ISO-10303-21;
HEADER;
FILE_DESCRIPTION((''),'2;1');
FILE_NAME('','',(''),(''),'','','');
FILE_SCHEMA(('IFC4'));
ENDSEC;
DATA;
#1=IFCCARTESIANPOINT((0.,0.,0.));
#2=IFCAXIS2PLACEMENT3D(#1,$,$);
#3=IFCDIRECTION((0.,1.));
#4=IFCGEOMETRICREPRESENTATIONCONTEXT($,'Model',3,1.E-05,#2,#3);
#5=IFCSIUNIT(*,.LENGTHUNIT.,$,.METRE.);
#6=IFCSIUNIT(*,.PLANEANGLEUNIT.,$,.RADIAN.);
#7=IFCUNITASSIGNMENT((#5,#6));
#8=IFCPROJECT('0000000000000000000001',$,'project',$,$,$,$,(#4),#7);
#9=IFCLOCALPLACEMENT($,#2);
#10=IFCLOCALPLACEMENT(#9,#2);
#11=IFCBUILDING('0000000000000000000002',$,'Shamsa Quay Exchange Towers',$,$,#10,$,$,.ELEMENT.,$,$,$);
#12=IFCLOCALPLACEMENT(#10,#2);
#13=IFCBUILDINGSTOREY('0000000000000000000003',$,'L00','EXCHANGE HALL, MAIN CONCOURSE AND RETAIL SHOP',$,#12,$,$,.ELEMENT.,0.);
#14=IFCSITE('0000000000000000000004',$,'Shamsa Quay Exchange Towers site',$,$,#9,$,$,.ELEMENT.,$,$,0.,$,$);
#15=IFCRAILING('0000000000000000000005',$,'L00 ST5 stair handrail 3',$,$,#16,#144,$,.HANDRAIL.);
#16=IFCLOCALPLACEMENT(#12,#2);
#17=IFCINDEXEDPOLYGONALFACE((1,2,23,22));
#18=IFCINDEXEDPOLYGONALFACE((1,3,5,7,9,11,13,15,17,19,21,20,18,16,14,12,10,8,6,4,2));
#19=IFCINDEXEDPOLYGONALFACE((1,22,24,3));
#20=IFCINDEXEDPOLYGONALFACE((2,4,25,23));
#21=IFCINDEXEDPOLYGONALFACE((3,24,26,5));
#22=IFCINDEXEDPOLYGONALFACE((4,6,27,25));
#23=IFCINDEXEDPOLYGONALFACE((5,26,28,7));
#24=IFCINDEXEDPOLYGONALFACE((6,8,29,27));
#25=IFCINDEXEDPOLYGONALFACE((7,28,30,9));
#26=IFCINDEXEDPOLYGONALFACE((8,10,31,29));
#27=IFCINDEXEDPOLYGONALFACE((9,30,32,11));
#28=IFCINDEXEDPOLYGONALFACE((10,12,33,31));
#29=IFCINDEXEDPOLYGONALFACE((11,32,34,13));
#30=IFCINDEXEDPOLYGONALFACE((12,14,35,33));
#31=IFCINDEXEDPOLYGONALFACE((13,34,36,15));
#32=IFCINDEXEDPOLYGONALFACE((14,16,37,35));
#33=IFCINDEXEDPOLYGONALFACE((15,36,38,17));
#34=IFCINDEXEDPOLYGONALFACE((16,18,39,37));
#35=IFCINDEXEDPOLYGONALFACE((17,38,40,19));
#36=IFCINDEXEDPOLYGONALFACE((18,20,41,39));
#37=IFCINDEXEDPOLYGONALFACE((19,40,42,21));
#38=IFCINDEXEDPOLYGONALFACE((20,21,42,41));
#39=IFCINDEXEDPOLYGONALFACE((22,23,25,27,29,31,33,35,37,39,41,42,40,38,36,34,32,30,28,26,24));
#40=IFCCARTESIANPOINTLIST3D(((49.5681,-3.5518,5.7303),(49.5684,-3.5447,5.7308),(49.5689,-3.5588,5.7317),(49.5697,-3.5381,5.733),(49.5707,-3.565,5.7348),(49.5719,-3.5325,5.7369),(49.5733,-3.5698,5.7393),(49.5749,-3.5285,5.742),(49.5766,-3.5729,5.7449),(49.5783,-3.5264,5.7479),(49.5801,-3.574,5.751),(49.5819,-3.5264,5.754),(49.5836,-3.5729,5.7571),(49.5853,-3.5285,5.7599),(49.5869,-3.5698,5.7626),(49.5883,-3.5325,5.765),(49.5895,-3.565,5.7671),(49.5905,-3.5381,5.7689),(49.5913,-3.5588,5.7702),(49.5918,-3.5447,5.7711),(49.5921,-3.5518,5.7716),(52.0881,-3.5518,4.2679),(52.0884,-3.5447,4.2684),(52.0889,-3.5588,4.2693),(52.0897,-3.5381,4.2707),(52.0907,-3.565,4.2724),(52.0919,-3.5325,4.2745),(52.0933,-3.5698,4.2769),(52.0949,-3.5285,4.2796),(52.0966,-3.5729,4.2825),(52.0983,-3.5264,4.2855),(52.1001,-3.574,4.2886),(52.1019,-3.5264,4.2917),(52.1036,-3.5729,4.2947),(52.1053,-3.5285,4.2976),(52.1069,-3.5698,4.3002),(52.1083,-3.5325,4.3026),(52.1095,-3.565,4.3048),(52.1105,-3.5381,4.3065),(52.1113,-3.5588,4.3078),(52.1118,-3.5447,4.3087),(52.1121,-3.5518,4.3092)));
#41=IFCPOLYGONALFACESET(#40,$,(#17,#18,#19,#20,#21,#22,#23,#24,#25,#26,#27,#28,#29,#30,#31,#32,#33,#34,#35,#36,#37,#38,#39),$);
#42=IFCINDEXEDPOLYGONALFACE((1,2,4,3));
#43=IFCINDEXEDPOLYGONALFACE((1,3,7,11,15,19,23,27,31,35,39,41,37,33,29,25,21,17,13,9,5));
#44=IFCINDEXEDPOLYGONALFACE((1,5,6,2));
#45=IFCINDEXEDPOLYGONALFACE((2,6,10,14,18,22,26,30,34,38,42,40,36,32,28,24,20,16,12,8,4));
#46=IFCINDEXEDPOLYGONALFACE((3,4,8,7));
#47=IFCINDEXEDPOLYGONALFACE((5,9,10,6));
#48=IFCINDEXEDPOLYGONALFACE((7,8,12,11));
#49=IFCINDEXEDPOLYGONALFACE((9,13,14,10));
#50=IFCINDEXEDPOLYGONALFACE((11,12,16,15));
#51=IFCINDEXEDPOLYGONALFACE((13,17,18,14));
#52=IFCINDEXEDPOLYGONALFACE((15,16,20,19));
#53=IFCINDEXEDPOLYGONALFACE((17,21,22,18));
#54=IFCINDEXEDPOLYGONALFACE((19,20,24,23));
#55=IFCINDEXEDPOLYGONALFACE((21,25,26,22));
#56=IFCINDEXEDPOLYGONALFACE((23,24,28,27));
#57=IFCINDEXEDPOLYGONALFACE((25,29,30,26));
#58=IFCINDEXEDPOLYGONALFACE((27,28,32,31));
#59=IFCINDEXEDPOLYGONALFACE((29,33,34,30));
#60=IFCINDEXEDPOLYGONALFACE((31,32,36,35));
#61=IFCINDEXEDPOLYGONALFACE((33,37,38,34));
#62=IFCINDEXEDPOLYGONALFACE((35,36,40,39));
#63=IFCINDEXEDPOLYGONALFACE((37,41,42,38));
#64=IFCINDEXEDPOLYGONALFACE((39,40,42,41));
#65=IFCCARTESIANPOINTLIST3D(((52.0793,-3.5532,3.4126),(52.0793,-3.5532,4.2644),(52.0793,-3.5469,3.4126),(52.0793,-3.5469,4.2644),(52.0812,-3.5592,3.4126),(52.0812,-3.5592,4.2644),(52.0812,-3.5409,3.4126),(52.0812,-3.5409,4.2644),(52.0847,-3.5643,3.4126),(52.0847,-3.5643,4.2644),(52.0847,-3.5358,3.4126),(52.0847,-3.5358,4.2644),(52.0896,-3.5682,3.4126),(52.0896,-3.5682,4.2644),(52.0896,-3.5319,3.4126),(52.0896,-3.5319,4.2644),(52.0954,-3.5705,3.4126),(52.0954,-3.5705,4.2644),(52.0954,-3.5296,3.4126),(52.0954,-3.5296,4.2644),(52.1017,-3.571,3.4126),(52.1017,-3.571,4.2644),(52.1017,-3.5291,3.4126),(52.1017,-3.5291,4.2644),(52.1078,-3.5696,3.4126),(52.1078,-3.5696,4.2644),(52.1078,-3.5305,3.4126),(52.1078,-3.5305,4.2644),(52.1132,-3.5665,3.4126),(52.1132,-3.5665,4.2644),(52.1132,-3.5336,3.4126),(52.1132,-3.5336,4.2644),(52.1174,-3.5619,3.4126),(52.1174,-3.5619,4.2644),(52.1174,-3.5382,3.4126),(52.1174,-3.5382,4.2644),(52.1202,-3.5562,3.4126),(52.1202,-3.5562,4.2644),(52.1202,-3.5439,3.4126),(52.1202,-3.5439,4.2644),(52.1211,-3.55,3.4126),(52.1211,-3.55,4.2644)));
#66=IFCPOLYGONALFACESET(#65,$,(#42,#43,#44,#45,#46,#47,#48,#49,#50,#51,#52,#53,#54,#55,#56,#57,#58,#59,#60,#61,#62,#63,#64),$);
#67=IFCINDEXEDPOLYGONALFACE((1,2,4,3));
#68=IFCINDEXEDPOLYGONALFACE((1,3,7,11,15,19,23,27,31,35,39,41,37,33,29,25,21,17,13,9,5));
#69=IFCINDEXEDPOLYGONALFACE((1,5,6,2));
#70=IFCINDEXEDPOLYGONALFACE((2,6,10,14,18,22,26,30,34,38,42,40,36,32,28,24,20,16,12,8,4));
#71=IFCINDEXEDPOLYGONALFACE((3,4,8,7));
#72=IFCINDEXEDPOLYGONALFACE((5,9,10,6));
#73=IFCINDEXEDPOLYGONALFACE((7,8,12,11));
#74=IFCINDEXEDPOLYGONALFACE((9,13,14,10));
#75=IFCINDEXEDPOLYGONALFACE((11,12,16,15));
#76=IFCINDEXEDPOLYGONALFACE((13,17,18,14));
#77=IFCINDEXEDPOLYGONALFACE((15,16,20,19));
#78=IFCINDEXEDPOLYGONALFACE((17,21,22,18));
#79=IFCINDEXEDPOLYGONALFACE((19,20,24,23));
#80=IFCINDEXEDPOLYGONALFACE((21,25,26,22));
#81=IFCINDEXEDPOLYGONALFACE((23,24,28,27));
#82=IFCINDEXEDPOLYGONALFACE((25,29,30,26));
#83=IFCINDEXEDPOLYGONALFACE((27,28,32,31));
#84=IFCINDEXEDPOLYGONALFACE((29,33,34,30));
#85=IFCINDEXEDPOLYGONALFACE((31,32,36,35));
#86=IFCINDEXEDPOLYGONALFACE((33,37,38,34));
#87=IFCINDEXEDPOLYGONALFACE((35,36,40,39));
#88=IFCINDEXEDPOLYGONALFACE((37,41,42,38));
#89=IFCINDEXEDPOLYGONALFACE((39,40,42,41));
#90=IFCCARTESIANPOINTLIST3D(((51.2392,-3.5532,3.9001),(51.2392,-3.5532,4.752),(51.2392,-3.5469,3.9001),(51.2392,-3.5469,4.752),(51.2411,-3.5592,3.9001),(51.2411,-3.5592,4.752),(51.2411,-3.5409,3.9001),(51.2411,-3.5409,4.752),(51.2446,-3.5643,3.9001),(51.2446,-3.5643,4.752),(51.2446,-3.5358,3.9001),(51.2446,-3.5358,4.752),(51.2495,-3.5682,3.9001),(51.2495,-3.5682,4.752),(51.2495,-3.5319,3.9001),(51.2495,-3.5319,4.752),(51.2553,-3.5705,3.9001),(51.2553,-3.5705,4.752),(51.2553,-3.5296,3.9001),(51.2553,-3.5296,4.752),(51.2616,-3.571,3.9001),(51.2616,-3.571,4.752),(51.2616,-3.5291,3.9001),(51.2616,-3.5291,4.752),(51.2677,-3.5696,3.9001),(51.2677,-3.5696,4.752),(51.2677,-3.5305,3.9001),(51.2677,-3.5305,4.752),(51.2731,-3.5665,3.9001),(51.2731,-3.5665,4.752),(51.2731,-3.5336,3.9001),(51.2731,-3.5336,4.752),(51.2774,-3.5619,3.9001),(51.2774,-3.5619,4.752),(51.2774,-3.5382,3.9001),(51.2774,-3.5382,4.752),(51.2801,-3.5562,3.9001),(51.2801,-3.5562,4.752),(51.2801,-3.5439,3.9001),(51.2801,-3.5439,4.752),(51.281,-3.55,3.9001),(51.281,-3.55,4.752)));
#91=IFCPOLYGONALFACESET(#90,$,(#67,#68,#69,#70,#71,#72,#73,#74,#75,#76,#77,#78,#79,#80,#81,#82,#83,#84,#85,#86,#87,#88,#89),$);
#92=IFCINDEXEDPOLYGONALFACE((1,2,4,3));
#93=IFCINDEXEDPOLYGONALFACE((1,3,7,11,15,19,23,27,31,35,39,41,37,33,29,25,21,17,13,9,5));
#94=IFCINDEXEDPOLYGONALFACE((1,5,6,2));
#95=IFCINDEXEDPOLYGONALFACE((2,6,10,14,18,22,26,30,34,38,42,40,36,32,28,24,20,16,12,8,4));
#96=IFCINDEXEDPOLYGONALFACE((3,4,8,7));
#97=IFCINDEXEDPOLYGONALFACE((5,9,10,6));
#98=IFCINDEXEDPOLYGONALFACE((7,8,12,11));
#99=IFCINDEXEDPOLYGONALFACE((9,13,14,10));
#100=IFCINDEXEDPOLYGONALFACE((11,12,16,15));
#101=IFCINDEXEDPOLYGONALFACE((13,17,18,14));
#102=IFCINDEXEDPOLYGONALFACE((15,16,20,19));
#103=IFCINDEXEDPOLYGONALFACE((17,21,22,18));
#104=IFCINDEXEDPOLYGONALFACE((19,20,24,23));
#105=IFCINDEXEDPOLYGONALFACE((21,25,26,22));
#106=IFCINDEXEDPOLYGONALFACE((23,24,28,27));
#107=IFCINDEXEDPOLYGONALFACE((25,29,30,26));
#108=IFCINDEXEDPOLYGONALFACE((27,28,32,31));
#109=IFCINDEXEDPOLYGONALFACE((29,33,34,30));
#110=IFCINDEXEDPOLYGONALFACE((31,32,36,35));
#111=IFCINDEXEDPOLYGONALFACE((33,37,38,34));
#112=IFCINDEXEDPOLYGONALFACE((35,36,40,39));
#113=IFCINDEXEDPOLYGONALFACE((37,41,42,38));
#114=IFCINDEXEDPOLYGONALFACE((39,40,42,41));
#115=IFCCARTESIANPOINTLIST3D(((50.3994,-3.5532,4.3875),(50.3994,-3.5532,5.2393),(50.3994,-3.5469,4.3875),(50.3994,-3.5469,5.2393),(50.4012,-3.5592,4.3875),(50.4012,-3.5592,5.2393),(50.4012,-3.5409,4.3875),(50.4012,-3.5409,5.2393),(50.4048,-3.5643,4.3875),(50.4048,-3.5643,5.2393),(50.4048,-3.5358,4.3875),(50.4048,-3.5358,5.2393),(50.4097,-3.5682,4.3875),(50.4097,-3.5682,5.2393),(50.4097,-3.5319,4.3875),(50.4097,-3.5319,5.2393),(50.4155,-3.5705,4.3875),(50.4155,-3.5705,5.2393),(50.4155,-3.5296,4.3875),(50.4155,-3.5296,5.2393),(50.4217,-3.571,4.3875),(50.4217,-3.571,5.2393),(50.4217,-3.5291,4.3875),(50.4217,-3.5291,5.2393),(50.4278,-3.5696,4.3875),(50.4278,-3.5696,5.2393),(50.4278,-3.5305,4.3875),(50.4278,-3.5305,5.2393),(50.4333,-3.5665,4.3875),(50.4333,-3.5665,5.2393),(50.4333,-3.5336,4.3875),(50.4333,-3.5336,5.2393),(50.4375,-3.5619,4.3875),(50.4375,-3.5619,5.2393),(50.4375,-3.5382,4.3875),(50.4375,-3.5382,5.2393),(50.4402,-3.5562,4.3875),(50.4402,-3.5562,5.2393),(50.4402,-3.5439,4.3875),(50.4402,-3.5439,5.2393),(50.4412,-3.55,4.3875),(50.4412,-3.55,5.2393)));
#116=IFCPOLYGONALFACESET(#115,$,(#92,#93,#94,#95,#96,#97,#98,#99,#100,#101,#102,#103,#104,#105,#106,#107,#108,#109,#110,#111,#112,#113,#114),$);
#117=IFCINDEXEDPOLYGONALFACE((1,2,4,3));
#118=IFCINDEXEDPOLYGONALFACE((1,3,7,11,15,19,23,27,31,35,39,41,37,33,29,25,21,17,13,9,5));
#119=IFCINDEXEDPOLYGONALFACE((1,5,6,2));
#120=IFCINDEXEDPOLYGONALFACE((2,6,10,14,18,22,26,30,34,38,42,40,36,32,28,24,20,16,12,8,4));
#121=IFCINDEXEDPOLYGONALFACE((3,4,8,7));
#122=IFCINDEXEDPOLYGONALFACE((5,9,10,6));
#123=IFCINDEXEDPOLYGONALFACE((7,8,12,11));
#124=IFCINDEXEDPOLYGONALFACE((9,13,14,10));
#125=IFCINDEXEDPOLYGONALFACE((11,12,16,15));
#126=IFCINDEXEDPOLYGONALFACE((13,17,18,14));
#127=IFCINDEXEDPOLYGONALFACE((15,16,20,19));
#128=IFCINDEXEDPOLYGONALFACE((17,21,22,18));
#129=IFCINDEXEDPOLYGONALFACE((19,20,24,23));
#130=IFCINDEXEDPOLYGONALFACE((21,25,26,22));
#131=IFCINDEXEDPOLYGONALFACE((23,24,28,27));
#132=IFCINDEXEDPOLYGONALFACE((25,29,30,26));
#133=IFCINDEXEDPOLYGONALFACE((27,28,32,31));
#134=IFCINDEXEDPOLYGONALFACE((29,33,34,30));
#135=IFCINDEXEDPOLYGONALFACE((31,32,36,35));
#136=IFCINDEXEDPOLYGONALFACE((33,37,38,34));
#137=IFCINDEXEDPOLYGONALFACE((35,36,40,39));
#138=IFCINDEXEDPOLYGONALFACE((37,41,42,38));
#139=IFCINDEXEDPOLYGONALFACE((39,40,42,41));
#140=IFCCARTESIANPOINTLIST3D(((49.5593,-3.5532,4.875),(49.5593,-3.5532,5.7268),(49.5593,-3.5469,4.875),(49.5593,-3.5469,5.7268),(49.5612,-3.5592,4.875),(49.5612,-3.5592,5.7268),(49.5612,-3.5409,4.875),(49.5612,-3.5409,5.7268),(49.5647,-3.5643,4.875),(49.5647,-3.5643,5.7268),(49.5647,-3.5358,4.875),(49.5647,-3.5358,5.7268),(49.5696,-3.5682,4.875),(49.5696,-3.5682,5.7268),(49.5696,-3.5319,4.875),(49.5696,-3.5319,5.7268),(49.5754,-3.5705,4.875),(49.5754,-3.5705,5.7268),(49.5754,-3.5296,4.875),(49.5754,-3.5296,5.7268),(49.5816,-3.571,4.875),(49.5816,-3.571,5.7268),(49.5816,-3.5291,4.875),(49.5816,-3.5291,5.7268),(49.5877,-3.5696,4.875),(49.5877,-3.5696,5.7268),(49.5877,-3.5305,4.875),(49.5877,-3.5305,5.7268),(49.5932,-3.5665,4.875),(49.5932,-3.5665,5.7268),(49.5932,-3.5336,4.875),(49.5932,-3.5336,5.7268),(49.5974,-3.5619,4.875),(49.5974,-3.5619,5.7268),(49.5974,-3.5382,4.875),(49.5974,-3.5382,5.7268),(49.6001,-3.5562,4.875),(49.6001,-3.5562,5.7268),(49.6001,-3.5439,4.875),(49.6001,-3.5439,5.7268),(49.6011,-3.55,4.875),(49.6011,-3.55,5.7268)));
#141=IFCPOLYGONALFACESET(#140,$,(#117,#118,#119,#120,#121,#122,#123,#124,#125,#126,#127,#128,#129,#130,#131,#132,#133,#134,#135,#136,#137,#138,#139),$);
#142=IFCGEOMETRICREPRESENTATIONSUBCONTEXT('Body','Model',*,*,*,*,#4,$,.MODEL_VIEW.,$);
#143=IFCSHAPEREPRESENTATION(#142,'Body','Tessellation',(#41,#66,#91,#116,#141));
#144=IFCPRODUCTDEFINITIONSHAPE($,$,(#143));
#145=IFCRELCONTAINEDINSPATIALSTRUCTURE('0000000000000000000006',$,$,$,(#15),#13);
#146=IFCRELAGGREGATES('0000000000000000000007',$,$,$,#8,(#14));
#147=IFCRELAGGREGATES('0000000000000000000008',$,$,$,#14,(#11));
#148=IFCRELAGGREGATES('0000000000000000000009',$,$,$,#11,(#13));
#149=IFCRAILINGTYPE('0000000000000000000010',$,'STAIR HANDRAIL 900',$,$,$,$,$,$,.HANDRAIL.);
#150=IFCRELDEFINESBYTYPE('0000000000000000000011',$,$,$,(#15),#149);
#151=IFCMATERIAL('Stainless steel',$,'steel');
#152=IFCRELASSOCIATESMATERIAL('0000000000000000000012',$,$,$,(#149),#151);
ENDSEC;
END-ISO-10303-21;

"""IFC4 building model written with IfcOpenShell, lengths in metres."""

from ifc_helpers import new_model, si_unit, direction, frame, origin, origin_2d, place, context, subcontext, project, spatial, circle, extrude, material, type_object, element, save


model = new_model("IFC4")

# Units and contexts
model_context = context("Model", 3, precision=1e-05, world=origin(), true_north=direction((0.0, 1.0)))
body_context = subcontext(model_context, "Body", "Model", "MODEL_VIEW")
ifc_project = project(units=[si_unit("LENGTHUNIT", "METRE"), si_unit("PLANEANGLEUNIT", "RADIAN")], contexts=[model_context])

# Site, building, storey
site_placement = place(None, origin())
site = spatial("IfcSite", under=ifc_project, at=site_placement, Name="Shamsa Quay Exchange Towers site", CompositionType="ELEMENT", RefElevation=0.0)
building_placement = place(site_placement, origin())
building = spatial("IfcBuilding", under=site, at=building_placement, Name="Shamsa Quay Exchange Towers", CompositionType="ELEMENT")
storey_placement = place(building_placement, origin())
storey = spatial("IfcBuildingStorey", under=building, at=storey_placement, Name="L00", Description="EXCHANGE HALL, MAIN CONCOURSE AND RETAIL SHOP", CompositionType="ELEMENT", Elevation=0.0)

# Railing
ifc_material_1 = material(Name="Stainless steel", Category="steel")
railing_type_1 = type_object("IfcRailingType", Name="STAIR HANDRAIL 900", PredefinedType="HANDRAIL", material=ifc_material_1)
for number, where, name in (
    (1, (52.1001, -3.55, 3.4126), "L00 ST5 stair handrail 3"),
):
    element("IfcRailing", number, at=place(storey_placement, frame(where)), inside=storey, type_object=railing_type_1, Name=name, PredefinedType="HANDRAIL", context=body_context, shape_type="SweptSolid", body=[
        extrude(circle(Radius=0.0239, at=origin_2d()), frame((0.0, 0.0, 0.876), z_axis=(-0.864913, 0.0, 0.501921), x_axis=(0.0, -1.0, 0.0)), (0.0, 0.0, 1.0), 2.9136),
        extrude(circle(Radius=0.021, at=origin_2d()), origin(), (0.0, 0.0, 1.0), 0.8518),
        extrude(circle(Radius=0.021, at=origin_2d()), frame((-0.8401, 0.0, 0.4875)), (0.0, 0.0, 1.0), 0.8518),
        extrude(circle(Radius=0.021, at=origin_2d()), frame((-1.6799, 0.0, 0.9749)), (0.0, 0.0, 1.0), 0.8518),
        extrude(circle(Radius=0.021, at=origin_2d()), frame((-2.52, 0.0, 1.4624)), (0.0, 0.0, 1.0), 0.8518),
    ])

save(model, "model.ifc")
